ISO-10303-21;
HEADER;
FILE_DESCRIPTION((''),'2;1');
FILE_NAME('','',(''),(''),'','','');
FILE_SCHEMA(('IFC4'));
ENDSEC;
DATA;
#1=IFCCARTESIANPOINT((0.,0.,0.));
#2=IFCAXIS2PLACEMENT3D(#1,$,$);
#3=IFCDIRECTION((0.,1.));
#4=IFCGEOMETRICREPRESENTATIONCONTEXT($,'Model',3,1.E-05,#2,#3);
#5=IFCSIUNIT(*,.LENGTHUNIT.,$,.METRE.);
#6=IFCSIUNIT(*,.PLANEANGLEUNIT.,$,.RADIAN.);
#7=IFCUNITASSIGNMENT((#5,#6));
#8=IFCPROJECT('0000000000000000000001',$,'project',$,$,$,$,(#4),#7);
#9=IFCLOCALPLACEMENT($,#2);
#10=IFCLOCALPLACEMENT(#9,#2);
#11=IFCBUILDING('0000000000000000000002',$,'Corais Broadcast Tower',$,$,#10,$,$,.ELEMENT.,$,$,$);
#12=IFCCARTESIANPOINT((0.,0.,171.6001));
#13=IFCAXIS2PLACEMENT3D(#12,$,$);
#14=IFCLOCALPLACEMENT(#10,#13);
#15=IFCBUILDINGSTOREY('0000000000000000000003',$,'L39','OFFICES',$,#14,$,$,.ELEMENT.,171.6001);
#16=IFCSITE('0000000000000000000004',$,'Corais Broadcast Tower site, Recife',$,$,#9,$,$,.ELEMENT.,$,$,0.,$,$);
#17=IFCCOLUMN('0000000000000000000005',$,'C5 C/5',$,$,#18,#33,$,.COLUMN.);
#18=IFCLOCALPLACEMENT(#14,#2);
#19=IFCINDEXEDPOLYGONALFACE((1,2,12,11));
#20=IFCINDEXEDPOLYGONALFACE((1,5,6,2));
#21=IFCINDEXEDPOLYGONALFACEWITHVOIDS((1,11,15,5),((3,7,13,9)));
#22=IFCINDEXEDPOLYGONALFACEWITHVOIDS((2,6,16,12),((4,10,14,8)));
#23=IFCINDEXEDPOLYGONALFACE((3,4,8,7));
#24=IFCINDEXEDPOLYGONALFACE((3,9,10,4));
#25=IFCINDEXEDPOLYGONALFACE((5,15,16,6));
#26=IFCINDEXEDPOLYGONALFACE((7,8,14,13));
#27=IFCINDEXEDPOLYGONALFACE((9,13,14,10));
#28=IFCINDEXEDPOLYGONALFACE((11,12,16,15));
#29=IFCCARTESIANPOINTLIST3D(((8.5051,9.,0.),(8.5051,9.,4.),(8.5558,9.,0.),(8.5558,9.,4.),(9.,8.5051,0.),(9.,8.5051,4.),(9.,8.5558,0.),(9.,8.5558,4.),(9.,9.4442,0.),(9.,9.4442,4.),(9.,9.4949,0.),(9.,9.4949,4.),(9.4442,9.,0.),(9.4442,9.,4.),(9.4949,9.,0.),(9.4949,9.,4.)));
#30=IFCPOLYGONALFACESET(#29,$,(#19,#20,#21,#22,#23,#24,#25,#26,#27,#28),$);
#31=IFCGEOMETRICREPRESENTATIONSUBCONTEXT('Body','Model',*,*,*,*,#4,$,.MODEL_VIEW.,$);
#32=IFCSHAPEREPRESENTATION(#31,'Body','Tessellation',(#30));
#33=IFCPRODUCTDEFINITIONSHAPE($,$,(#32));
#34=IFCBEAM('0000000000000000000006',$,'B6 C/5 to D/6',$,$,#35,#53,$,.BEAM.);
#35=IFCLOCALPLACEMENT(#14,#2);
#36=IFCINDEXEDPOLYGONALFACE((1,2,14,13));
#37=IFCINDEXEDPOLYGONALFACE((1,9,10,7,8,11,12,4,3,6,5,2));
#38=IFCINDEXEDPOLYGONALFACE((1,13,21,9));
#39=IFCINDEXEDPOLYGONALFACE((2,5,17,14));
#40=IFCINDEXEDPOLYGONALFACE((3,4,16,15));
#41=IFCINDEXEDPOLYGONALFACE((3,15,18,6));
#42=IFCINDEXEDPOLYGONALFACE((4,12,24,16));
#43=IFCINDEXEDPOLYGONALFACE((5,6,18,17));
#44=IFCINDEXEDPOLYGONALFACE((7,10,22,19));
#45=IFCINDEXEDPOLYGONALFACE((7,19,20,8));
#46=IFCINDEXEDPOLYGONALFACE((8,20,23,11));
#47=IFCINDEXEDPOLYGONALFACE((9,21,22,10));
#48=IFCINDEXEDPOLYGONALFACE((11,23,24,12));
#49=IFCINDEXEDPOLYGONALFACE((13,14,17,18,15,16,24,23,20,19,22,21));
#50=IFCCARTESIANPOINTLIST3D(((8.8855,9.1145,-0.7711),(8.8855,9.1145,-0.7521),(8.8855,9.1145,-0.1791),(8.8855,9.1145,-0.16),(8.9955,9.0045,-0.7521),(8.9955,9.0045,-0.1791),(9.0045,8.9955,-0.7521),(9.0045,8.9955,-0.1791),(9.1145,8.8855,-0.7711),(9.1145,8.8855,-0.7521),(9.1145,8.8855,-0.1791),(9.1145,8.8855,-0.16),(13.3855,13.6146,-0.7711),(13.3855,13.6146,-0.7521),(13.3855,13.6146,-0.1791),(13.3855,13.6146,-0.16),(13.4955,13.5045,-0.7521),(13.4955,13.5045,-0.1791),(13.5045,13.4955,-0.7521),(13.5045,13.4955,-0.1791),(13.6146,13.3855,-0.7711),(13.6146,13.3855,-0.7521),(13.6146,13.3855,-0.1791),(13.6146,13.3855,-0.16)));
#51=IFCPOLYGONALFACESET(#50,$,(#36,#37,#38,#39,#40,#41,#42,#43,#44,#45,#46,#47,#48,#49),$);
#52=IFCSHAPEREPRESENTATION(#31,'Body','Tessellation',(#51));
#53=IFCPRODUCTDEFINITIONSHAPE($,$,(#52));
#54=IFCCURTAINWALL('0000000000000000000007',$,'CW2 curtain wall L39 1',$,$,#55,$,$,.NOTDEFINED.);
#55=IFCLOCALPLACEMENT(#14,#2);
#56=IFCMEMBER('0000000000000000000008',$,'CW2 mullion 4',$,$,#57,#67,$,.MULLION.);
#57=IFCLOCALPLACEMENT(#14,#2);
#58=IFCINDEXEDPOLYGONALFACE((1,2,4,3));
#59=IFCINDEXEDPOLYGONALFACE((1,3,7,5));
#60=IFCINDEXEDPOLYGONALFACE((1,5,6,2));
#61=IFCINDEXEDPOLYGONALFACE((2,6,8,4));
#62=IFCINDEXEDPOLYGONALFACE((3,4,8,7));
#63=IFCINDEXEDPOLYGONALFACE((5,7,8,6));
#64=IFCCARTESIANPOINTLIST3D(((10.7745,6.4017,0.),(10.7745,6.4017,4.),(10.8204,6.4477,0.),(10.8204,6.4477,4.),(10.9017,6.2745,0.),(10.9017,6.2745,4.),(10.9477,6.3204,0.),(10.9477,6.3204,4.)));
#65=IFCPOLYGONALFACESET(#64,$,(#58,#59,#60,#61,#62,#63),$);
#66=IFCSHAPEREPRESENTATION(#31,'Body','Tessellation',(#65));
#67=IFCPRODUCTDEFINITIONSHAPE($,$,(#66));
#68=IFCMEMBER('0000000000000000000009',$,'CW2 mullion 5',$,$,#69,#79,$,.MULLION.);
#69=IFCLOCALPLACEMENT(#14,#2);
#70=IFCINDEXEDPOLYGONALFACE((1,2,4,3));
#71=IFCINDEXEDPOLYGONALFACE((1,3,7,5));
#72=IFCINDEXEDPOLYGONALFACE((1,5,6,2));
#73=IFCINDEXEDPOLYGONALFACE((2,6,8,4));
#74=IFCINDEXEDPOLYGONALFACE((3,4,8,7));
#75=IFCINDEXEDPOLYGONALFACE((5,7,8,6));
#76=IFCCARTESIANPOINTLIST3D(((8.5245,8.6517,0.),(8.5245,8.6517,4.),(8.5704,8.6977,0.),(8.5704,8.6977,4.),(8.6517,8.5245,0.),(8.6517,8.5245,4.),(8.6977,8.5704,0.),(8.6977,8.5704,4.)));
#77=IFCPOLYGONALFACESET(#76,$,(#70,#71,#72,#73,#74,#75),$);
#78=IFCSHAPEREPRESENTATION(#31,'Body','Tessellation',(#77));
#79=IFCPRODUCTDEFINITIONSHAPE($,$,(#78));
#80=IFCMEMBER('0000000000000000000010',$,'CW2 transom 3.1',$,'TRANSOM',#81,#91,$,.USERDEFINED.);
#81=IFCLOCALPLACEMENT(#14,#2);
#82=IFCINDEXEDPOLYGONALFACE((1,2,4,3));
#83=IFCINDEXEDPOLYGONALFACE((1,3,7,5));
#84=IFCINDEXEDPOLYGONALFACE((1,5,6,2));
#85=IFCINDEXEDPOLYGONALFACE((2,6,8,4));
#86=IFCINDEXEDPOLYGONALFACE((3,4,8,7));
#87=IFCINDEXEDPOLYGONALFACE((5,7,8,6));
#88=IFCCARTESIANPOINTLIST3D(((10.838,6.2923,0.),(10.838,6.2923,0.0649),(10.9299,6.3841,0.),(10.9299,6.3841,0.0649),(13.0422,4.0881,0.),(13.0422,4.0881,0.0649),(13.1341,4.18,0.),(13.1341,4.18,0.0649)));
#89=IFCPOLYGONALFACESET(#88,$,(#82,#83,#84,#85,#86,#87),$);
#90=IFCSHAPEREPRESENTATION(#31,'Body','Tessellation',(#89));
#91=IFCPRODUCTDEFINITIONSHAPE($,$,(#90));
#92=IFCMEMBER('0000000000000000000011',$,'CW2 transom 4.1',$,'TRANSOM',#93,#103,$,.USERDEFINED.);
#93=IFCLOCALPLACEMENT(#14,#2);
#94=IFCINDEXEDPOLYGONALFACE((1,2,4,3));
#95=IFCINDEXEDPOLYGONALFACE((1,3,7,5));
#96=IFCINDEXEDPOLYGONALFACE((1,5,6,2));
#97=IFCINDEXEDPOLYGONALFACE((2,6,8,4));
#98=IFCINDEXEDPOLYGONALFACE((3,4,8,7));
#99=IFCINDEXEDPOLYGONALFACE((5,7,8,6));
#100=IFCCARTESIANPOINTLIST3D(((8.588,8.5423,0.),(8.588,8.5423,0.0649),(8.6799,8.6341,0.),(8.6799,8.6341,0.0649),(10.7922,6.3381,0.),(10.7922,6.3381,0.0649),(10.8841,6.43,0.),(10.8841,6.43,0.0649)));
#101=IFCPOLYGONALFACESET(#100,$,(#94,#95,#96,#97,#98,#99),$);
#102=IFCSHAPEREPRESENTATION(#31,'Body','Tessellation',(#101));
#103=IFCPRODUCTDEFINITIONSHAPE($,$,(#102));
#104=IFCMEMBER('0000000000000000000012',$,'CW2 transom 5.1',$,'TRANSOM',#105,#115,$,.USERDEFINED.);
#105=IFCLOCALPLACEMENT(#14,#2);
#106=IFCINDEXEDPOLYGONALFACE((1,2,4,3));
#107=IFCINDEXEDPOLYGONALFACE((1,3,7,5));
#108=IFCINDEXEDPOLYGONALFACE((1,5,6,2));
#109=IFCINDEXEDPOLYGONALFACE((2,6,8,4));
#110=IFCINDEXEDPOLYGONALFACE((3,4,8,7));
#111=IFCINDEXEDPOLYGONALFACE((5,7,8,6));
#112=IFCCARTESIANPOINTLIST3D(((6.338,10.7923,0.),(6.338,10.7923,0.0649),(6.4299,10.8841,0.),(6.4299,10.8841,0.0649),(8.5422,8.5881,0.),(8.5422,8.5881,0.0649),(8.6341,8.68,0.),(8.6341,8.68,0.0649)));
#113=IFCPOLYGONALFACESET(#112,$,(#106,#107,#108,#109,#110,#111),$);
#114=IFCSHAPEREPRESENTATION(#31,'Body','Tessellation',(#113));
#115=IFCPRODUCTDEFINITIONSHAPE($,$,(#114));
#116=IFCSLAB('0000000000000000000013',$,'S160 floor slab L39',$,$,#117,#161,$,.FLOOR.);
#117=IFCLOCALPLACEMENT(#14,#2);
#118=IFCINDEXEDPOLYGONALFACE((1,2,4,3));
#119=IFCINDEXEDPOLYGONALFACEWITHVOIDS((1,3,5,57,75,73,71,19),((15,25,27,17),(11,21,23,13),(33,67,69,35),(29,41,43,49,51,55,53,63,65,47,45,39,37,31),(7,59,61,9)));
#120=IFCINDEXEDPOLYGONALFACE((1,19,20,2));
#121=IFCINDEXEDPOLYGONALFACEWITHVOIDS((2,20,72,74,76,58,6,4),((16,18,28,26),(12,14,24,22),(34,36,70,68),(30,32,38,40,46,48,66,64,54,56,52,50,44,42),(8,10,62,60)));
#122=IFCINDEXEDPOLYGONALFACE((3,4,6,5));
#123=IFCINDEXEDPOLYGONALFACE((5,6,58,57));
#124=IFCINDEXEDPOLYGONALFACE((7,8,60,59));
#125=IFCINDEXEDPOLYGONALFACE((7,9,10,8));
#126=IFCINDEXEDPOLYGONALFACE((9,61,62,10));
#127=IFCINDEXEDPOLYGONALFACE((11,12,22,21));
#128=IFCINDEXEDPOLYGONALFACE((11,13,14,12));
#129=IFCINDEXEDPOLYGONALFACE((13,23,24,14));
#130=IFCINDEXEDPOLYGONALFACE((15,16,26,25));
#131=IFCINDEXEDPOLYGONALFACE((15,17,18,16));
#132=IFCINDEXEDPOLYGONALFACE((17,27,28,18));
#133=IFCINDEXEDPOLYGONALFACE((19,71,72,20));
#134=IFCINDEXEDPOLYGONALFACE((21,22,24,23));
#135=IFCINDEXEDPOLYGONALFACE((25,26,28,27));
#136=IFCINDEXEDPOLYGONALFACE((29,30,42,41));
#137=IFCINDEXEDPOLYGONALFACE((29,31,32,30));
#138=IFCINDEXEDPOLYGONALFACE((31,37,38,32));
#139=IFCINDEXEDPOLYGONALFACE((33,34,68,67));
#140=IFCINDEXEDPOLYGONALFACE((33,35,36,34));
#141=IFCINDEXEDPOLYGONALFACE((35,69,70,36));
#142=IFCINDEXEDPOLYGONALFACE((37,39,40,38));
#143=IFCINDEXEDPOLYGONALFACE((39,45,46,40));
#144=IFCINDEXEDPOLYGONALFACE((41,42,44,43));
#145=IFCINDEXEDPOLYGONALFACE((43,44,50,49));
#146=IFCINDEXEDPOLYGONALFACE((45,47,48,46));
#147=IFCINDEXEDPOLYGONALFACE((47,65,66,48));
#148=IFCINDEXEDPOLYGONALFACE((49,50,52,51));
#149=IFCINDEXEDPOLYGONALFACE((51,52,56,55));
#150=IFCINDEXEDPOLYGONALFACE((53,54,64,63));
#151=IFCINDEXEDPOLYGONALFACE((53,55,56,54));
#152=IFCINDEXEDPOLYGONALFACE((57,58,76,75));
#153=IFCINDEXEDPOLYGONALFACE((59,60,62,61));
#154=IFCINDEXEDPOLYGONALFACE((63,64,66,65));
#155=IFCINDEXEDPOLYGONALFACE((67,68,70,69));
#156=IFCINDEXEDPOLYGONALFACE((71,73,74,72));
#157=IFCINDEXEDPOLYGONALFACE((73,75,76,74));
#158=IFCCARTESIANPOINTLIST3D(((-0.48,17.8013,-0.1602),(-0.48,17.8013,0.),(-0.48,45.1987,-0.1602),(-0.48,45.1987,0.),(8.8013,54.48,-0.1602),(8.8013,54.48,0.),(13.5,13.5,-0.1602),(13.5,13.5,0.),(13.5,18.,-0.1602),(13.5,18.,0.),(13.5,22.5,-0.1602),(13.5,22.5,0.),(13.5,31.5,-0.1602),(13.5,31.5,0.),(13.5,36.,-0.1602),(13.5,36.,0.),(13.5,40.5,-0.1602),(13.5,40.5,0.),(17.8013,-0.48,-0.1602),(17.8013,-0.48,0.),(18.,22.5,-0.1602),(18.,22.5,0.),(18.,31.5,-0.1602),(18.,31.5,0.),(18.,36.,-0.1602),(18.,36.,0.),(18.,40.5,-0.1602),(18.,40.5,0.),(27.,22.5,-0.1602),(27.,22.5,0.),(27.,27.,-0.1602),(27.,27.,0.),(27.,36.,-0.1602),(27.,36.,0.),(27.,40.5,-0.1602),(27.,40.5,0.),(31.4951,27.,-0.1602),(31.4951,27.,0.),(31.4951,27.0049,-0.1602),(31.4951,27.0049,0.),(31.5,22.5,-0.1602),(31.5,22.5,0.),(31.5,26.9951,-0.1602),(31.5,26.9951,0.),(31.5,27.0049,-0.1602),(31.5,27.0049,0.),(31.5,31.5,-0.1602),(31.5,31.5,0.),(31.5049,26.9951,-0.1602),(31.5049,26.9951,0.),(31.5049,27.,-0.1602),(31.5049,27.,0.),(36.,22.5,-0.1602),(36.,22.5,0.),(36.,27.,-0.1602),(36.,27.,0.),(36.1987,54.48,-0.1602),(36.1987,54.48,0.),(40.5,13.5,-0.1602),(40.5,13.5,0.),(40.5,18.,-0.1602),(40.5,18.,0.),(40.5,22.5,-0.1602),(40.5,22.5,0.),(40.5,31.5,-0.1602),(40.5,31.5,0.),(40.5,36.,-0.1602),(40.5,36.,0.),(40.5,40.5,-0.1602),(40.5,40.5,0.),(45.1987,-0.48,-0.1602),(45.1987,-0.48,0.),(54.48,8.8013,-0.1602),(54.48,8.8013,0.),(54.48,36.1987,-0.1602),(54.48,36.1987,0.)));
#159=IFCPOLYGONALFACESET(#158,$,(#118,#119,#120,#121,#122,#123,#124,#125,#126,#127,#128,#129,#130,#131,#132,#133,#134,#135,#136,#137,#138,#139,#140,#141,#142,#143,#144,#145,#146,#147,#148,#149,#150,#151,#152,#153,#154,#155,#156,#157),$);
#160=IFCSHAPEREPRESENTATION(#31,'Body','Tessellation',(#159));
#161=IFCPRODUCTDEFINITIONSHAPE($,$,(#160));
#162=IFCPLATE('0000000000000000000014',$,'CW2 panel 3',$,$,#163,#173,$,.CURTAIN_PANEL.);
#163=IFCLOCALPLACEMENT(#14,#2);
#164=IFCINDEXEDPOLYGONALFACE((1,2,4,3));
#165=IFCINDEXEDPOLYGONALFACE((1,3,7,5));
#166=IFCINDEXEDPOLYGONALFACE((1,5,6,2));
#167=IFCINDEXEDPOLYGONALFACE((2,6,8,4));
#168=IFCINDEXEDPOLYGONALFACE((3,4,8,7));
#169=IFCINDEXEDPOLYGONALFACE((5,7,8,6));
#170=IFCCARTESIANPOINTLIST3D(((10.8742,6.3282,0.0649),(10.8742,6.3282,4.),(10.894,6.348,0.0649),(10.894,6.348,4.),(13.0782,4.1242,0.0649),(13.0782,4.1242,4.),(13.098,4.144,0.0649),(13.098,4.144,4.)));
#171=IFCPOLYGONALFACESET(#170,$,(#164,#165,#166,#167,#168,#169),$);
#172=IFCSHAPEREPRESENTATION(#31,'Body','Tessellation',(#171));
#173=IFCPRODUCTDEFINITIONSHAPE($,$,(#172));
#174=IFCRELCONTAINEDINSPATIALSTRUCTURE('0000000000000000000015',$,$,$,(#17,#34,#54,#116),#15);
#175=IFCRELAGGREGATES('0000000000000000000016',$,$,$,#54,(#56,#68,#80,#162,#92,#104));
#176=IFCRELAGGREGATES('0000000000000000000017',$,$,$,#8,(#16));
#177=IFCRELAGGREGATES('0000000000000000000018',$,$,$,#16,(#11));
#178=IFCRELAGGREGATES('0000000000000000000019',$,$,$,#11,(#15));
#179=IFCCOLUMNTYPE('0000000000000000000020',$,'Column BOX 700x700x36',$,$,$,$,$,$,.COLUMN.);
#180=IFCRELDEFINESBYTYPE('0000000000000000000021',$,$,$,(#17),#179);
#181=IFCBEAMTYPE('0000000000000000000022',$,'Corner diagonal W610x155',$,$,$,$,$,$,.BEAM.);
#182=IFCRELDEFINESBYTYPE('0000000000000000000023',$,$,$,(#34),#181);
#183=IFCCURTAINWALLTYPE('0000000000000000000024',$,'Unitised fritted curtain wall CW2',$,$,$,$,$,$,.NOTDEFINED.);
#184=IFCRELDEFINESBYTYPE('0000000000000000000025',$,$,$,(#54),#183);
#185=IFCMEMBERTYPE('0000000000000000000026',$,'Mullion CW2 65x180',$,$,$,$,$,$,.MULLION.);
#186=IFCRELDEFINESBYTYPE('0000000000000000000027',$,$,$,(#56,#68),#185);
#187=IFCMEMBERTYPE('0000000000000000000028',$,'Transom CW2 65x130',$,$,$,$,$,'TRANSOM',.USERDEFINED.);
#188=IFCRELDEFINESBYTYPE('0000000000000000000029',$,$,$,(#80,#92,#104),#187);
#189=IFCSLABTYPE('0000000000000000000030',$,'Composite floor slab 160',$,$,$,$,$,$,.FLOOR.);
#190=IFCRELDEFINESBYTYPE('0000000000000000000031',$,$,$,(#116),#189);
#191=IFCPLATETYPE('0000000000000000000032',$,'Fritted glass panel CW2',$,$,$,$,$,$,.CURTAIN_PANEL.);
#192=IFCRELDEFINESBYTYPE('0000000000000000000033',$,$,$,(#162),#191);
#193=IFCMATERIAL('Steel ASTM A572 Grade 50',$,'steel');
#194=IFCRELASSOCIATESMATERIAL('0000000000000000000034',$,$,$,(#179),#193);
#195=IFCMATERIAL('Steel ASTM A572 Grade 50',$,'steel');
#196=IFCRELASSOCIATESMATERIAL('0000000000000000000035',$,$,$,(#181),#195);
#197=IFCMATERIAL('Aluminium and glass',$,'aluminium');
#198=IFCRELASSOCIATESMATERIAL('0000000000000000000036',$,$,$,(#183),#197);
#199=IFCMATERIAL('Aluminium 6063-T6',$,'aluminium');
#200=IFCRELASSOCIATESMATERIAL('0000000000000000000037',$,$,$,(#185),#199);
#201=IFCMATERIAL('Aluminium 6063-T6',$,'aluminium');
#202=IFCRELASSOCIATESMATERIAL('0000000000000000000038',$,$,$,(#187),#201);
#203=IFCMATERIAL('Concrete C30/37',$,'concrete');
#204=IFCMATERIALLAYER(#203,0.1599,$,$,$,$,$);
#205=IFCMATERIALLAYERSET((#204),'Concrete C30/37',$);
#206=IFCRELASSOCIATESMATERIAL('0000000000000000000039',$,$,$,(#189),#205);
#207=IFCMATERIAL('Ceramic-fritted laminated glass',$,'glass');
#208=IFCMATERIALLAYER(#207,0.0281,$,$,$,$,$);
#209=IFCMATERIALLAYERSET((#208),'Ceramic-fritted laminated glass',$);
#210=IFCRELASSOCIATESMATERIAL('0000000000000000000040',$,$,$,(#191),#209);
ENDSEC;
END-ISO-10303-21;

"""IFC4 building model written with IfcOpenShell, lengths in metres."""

from ifc_helpers import new_model, si_unit, direction, frame, origin, origin_2d, place, context, subcontext, project, spatial, polyline, rectangle, hollow_rectangle, i_section, outline, extrude, material, layer, layer_set, material_profile, profile_set, type_object, element, aggregate, save


model = new_model("IFC4")

# Units and contexts
model_context = context("Model", 3, precision=1e-05, world=origin(), true_north=direction((0.0, 1.0)))
body_context = subcontext(model_context, "Body", "Model", "MODEL_VIEW")
ifc_project = project(units=[si_unit("LENGTHUNIT", "METRE"), si_unit("PLANEANGLEUNIT", "RADIAN")], contexts=[model_context])

# Site, building, storey
site_placement = place(None, origin())
site = spatial("IfcSite", under=ifc_project, at=site_placement, Name="Corais Broadcast Tower site, Recife", CompositionType="ELEMENT", RefElevation=0.0)
building_placement = place(site_placement, origin())
building = spatial("IfcBuilding", under=site, at=building_placement, Name="Corais Broadcast Tower", CompositionType="ELEMENT")
storey_placement = place(building_placement, frame((0.0, 0.0, 171.6001)))
storey = spatial("IfcBuildingStorey", under=building, at=storey_placement, Name="L39", Description="OFFICES", CompositionType="ELEMENT", Elevation=171.6001)

# Column
ifc_material_1 = material(Name="Steel ASTM A572 Grade 50", Category="steel")
ifc_material_profile_1 = material_profile(ifc_material_1, hollow_rectangle(XDim=0.7, YDim=0.7, WallThickness=0.0359, at=origin_2d()), Name="BOX 700x700x36")
ifc_profile_set_1 = profile_set([ifc_material_profile_1], Name="Steel ASTM A572 Grade 50")
column_type = type_object("IfcColumnType", Name="Column BOX 700x700x36", PredefinedType="COLUMN", material=ifc_profile_set_1)
column_placement = place(storey_placement, frame((9.0, 9.0, 0.0), z_axis=(0.0, 0.0, 1.0), x_axis=(0.707107, 0.707107, 0.0)))
element("IfcColumn", 1, at=column_placement, inside=storey, type_object=column_type, Name="C5 C/5", PredefinedType="COLUMN", context=body_context, shape_type="SweptSolid", body=[
    extrude(hollow_rectangle(XDim=0.7, YDim=0.7, WallThickness=0.0359, at=origin_2d()), origin(), (0.0, 0.0, 1.0), 4.0),
])

# Beam
ifc_material_2 = material(Name="Steel ASTM A572 Grade 50", Category="steel")
ifc_material_profile_2 = material_profile(ifc_material_2, i_section(OverallWidth=0.324, OverallDepth=0.6111, WebThickness=0.0127, FlangeThickness=0.019, at=origin_2d()), Name="W610x155")
ifc_profile_set_2 = profile_set([ifc_material_profile_2], Name="Steel ASTM A572 Grade 50")
beam_type = type_object("IfcBeamType", Name="Corner diagonal W610x155", PredefinedType="BEAM", material=ifc_profile_set_2)
beam_placement = place(storey_placement, frame((9.0, 9.0, -0.4656), z_axis=(0.707107, 0.707107, 0.0), x_axis=(-0.707107, 0.707107, 0.0)))
element("IfcBeam", 2, at=beam_placement, inside=storey, type_object=beam_type, Name="B6 C/5 to D/6", PredefinedType="BEAM", context=body_context, shape_type="SweptSolid", body=[
    extrude(i_section(OverallWidth=0.324, OverallDepth=0.6111, WebThickness=0.0127, FlangeThickness=0.019, at=origin_2d()), origin(), (0.0, 0.0, 1.0), 6.364),
])

# Curtain wall, members
ifc_material_3 = material(Name="Aluminium and glass", Category="aluminium")
curtain_wall_type = type_object("IfcCurtainWallType", Name="Unitised fritted curtain wall CW2", PredefinedType="NOTDEFINED", material=ifc_material_3)
curtain_wall_placement = place(storey_placement, origin())
curtain_wall = element("IfcCurtainWall", 3, at=curtain_wall_placement, inside=storey, type_object=curtain_wall_type, Name="CW2 curtain wall L39 1", PredefinedType="NOTDEFINED")
ifc_material_4 = material(Name="Aluminium 6063-T6", Category="aluminium")
ifc_material_profile_3 = material_profile(ifc_material_4, rectangle(XDim=0.0649, YDim=0.1799, at=origin_2d()), Name="Mullion CW2 65x180")
ifc_profile_set_3 = profile_set([ifc_material_profile_3], Name="Aluminium 6063-T6")
member_type_1 = type_object("IfcMemberType", Name="Mullion CW2 65x180", PredefinedType="MULLION", material=ifc_profile_set_3)
member_1_placement = place(storey_placement, frame((10.8611, 6.3611, 0.0), z_axis=(0.0, 0.0, 1.0), x_axis=(-0.707107, -0.707107, 0.0)))
member_1 = element("IfcMember", 4, at=member_1_placement, type_object=member_type_1, Name="CW2 mullion 4", PredefinedType="MULLION", context=body_context, shape_type="SweptSolid", body=[
    extrude(rectangle(XDim=0.0649, YDim=0.1799, at=origin_2d()), origin(), (0.0, 0.0, 1.0), 4.0),
])
member_2_placement = place(storey_placement, frame((8.6111, 8.6111, 0.0), z_axis=(0.0, 0.0, 1.0), x_axis=(-0.707107, -0.707107, 0.0)))
member_2 = element("IfcMember", 5, at=member_2_placement, type_object=member_type_1, Name="CW2 mullion 5", PredefinedType="MULLION", context=body_context, shape_type="SweptSolid", body=[
    extrude(rectangle(XDim=0.0649, YDim=0.1799, at=origin_2d()), origin(), (0.0, 0.0, 1.0), 4.0),
])
ifc_material_5 = material(Name="Aluminium 6063-T6", Category="aluminium")
ifc_material_profile_4 = material_profile(ifc_material_5, rectangle(XDim=0.1299, YDim=0.0649, at=origin_2d()), Name="Transom CW2 65x130")
ifc_profile_set_4 = profile_set([ifc_material_profile_4], Name="Aluminium 6063-T6")
member_type_2 = type_object("IfcMemberType", Name="Transom CW2 65x130", ElementType="TRANSOM", PredefinedType="USERDEFINED", material=ifc_profile_set_4)
member_3_placement = place(storey_placement, frame((13.0881, 4.134, 0.0325), z_axis=(-0.707107, 0.707107, 0.0), x_axis=(-0.707107, -0.707107, 0.0)))
member_3 = element("IfcMember", 6, at=member_3_placement, type_object=member_type_2, Name="CW2 transom 3.1", ObjectType="TRANSOM", PredefinedType="USERDEFINED", context=body_context, shape_type="SweptSolid", body=[
    extrude(rectangle(XDim=0.1299, YDim=0.0649, at=origin_2d()), origin(), (0.0, 0.0, 1.0), 3.1172),
])
member_4_placement = place(storey_placement, frame((10.8381, 6.384, 0.0325), z_axis=(-0.707107, 0.707107, 0.0), x_axis=(-0.707107, -0.707107, 0.0)))
member_4 = element("IfcMember", 7, at=member_4_placement, type_object=member_type_2, Name="CW2 transom 4.1", ObjectType="TRANSOM", PredefinedType="USERDEFINED", context=body_context, shape_type="SweptSolid", body=[
    extrude(rectangle(XDim=0.1299, YDim=0.0649, at=origin_2d()), origin(), (0.0, 0.0, 1.0), 3.1172),
])
member_5_placement = place(storey_placement, frame((8.5881, 8.634, 0.0325), z_axis=(-0.707107, 0.707107, 0.0), x_axis=(-0.707107, -0.707107, 0.0)))
member_5 = element("IfcMember", 8, at=member_5_placement, type_object=member_type_2, Name="CW2 transom 5.1", ObjectType="TRANSOM", PredefinedType="USERDEFINED", context=body_context, shape_type="SweptSolid", body=[
    extrude(rectangle(XDim=0.1299, YDim=0.0649, at=origin_2d()), origin(), (0.0, 0.0, 1.0), 3.1172),
])

# Slab
ifc_material_6 = material(Name="Concrete C30/37", Category="concrete")
ifc_layer_1 = layer(ifc_material_6, 0.1599)
ifc_layer_set_1 = layer_set([ifc_layer_1], Name="Concrete C30/37")
slab_type_1 = type_object("IfcSlabType", Name="Composite floor slab 160", PredefinedType="FLOOR", material=ifc_layer_set_1)
slab_1_placement = place(storey_placement, frame((0.0, 0.0, -0.1602)))
element("IfcSlab", 9, at=slab_1_placement, inside=storey, type_object=slab_type_1, Name="S160 floor slab L39", PredefinedType="FLOOR", context=body_context, shape_type="SweptSolid", body=[
    extrude(outline(polyline([(17.8013, -0.48), (-0.48, 17.8013), (-0.48, 45.1987), (8.8013, 54.48), (36.1987, 54.48), (54.48, 36.1987), (54.48, 8.8013), (45.1987, -0.48), (17.8013, -0.48)]), holes=[polyline([(13.5, 18.0), (40.5, 18.0), (40.5, 13.5), (13.5, 13.5), (13.5, 18.0)]), polyline([(18.0, 22.5), (13.5, 22.5), (13.5, 31.5), (18.0, 31.5), (18.0, 22.5)]), polyline([(18.0, 36.0), (13.5, 36.0), (13.5, 40.5), (18.0, 40.5), (18.0, 36.0)]), polyline([(31.5, 22.5), (27.0, 22.5), (27.0, 27.0), (31.4951, 27.0), (31.4951, 27.0049), (31.5, 27.0049), (31.5, 31.5), (40.5, 31.5), (40.5, 22.5), (36.0, 22.5), (36.0, 27.0), (31.5049, 27.0), (31.5049, 26.9951), (31.5, 26.9951), (31.5, 22.5)]), polyline([(27.0, 40.5), (40.5, 40.5), (40.5, 36.0), (27.0, 36.0), (27.0, 40.5)])]), origin(), (0.0, 0.0, 1.0), 0.1602),
])

# Plate
ifc_material_7 = material(Name="Ceramic-fritted laminated glass", Category="glass")
ifc_layer_2 = layer(ifc_material_7, 0.0281)
ifc_layer_set_2 = layer_set([ifc_layer_2], Name="Ceramic-fritted laminated glass")
plate_type_1 = type_object("IfcPlateType", Name="Fritted glass panel CW2", PredefinedType="CURTAIN_PANEL", material=ifc_layer_set_2)
plate_1_placement = place(storey_placement, frame((11.9861, 5.2361, 0.0649), z_axis=(0.0, 0.0, 1.0), x_axis=(-0.707107, 0.707107, 0.0)))
plate_1 = element("IfcPlate", 10, at=plate_1_placement, type_object=plate_type_1, Name="CW2 panel 3", PredefinedType="CURTAIN_PANEL", context=body_context, shape_type="SweptSolid", body=[
    extrude(rectangle(XDim=3.1169, YDim=0.0281, at=origin_2d()), origin(), (0.0, 0.0, 1.0), 3.9351),
])
aggregate(curtain_wall, [member_1, member_2, member_3, plate_1, member_4, member_5])

save(model, "model.ifc")
